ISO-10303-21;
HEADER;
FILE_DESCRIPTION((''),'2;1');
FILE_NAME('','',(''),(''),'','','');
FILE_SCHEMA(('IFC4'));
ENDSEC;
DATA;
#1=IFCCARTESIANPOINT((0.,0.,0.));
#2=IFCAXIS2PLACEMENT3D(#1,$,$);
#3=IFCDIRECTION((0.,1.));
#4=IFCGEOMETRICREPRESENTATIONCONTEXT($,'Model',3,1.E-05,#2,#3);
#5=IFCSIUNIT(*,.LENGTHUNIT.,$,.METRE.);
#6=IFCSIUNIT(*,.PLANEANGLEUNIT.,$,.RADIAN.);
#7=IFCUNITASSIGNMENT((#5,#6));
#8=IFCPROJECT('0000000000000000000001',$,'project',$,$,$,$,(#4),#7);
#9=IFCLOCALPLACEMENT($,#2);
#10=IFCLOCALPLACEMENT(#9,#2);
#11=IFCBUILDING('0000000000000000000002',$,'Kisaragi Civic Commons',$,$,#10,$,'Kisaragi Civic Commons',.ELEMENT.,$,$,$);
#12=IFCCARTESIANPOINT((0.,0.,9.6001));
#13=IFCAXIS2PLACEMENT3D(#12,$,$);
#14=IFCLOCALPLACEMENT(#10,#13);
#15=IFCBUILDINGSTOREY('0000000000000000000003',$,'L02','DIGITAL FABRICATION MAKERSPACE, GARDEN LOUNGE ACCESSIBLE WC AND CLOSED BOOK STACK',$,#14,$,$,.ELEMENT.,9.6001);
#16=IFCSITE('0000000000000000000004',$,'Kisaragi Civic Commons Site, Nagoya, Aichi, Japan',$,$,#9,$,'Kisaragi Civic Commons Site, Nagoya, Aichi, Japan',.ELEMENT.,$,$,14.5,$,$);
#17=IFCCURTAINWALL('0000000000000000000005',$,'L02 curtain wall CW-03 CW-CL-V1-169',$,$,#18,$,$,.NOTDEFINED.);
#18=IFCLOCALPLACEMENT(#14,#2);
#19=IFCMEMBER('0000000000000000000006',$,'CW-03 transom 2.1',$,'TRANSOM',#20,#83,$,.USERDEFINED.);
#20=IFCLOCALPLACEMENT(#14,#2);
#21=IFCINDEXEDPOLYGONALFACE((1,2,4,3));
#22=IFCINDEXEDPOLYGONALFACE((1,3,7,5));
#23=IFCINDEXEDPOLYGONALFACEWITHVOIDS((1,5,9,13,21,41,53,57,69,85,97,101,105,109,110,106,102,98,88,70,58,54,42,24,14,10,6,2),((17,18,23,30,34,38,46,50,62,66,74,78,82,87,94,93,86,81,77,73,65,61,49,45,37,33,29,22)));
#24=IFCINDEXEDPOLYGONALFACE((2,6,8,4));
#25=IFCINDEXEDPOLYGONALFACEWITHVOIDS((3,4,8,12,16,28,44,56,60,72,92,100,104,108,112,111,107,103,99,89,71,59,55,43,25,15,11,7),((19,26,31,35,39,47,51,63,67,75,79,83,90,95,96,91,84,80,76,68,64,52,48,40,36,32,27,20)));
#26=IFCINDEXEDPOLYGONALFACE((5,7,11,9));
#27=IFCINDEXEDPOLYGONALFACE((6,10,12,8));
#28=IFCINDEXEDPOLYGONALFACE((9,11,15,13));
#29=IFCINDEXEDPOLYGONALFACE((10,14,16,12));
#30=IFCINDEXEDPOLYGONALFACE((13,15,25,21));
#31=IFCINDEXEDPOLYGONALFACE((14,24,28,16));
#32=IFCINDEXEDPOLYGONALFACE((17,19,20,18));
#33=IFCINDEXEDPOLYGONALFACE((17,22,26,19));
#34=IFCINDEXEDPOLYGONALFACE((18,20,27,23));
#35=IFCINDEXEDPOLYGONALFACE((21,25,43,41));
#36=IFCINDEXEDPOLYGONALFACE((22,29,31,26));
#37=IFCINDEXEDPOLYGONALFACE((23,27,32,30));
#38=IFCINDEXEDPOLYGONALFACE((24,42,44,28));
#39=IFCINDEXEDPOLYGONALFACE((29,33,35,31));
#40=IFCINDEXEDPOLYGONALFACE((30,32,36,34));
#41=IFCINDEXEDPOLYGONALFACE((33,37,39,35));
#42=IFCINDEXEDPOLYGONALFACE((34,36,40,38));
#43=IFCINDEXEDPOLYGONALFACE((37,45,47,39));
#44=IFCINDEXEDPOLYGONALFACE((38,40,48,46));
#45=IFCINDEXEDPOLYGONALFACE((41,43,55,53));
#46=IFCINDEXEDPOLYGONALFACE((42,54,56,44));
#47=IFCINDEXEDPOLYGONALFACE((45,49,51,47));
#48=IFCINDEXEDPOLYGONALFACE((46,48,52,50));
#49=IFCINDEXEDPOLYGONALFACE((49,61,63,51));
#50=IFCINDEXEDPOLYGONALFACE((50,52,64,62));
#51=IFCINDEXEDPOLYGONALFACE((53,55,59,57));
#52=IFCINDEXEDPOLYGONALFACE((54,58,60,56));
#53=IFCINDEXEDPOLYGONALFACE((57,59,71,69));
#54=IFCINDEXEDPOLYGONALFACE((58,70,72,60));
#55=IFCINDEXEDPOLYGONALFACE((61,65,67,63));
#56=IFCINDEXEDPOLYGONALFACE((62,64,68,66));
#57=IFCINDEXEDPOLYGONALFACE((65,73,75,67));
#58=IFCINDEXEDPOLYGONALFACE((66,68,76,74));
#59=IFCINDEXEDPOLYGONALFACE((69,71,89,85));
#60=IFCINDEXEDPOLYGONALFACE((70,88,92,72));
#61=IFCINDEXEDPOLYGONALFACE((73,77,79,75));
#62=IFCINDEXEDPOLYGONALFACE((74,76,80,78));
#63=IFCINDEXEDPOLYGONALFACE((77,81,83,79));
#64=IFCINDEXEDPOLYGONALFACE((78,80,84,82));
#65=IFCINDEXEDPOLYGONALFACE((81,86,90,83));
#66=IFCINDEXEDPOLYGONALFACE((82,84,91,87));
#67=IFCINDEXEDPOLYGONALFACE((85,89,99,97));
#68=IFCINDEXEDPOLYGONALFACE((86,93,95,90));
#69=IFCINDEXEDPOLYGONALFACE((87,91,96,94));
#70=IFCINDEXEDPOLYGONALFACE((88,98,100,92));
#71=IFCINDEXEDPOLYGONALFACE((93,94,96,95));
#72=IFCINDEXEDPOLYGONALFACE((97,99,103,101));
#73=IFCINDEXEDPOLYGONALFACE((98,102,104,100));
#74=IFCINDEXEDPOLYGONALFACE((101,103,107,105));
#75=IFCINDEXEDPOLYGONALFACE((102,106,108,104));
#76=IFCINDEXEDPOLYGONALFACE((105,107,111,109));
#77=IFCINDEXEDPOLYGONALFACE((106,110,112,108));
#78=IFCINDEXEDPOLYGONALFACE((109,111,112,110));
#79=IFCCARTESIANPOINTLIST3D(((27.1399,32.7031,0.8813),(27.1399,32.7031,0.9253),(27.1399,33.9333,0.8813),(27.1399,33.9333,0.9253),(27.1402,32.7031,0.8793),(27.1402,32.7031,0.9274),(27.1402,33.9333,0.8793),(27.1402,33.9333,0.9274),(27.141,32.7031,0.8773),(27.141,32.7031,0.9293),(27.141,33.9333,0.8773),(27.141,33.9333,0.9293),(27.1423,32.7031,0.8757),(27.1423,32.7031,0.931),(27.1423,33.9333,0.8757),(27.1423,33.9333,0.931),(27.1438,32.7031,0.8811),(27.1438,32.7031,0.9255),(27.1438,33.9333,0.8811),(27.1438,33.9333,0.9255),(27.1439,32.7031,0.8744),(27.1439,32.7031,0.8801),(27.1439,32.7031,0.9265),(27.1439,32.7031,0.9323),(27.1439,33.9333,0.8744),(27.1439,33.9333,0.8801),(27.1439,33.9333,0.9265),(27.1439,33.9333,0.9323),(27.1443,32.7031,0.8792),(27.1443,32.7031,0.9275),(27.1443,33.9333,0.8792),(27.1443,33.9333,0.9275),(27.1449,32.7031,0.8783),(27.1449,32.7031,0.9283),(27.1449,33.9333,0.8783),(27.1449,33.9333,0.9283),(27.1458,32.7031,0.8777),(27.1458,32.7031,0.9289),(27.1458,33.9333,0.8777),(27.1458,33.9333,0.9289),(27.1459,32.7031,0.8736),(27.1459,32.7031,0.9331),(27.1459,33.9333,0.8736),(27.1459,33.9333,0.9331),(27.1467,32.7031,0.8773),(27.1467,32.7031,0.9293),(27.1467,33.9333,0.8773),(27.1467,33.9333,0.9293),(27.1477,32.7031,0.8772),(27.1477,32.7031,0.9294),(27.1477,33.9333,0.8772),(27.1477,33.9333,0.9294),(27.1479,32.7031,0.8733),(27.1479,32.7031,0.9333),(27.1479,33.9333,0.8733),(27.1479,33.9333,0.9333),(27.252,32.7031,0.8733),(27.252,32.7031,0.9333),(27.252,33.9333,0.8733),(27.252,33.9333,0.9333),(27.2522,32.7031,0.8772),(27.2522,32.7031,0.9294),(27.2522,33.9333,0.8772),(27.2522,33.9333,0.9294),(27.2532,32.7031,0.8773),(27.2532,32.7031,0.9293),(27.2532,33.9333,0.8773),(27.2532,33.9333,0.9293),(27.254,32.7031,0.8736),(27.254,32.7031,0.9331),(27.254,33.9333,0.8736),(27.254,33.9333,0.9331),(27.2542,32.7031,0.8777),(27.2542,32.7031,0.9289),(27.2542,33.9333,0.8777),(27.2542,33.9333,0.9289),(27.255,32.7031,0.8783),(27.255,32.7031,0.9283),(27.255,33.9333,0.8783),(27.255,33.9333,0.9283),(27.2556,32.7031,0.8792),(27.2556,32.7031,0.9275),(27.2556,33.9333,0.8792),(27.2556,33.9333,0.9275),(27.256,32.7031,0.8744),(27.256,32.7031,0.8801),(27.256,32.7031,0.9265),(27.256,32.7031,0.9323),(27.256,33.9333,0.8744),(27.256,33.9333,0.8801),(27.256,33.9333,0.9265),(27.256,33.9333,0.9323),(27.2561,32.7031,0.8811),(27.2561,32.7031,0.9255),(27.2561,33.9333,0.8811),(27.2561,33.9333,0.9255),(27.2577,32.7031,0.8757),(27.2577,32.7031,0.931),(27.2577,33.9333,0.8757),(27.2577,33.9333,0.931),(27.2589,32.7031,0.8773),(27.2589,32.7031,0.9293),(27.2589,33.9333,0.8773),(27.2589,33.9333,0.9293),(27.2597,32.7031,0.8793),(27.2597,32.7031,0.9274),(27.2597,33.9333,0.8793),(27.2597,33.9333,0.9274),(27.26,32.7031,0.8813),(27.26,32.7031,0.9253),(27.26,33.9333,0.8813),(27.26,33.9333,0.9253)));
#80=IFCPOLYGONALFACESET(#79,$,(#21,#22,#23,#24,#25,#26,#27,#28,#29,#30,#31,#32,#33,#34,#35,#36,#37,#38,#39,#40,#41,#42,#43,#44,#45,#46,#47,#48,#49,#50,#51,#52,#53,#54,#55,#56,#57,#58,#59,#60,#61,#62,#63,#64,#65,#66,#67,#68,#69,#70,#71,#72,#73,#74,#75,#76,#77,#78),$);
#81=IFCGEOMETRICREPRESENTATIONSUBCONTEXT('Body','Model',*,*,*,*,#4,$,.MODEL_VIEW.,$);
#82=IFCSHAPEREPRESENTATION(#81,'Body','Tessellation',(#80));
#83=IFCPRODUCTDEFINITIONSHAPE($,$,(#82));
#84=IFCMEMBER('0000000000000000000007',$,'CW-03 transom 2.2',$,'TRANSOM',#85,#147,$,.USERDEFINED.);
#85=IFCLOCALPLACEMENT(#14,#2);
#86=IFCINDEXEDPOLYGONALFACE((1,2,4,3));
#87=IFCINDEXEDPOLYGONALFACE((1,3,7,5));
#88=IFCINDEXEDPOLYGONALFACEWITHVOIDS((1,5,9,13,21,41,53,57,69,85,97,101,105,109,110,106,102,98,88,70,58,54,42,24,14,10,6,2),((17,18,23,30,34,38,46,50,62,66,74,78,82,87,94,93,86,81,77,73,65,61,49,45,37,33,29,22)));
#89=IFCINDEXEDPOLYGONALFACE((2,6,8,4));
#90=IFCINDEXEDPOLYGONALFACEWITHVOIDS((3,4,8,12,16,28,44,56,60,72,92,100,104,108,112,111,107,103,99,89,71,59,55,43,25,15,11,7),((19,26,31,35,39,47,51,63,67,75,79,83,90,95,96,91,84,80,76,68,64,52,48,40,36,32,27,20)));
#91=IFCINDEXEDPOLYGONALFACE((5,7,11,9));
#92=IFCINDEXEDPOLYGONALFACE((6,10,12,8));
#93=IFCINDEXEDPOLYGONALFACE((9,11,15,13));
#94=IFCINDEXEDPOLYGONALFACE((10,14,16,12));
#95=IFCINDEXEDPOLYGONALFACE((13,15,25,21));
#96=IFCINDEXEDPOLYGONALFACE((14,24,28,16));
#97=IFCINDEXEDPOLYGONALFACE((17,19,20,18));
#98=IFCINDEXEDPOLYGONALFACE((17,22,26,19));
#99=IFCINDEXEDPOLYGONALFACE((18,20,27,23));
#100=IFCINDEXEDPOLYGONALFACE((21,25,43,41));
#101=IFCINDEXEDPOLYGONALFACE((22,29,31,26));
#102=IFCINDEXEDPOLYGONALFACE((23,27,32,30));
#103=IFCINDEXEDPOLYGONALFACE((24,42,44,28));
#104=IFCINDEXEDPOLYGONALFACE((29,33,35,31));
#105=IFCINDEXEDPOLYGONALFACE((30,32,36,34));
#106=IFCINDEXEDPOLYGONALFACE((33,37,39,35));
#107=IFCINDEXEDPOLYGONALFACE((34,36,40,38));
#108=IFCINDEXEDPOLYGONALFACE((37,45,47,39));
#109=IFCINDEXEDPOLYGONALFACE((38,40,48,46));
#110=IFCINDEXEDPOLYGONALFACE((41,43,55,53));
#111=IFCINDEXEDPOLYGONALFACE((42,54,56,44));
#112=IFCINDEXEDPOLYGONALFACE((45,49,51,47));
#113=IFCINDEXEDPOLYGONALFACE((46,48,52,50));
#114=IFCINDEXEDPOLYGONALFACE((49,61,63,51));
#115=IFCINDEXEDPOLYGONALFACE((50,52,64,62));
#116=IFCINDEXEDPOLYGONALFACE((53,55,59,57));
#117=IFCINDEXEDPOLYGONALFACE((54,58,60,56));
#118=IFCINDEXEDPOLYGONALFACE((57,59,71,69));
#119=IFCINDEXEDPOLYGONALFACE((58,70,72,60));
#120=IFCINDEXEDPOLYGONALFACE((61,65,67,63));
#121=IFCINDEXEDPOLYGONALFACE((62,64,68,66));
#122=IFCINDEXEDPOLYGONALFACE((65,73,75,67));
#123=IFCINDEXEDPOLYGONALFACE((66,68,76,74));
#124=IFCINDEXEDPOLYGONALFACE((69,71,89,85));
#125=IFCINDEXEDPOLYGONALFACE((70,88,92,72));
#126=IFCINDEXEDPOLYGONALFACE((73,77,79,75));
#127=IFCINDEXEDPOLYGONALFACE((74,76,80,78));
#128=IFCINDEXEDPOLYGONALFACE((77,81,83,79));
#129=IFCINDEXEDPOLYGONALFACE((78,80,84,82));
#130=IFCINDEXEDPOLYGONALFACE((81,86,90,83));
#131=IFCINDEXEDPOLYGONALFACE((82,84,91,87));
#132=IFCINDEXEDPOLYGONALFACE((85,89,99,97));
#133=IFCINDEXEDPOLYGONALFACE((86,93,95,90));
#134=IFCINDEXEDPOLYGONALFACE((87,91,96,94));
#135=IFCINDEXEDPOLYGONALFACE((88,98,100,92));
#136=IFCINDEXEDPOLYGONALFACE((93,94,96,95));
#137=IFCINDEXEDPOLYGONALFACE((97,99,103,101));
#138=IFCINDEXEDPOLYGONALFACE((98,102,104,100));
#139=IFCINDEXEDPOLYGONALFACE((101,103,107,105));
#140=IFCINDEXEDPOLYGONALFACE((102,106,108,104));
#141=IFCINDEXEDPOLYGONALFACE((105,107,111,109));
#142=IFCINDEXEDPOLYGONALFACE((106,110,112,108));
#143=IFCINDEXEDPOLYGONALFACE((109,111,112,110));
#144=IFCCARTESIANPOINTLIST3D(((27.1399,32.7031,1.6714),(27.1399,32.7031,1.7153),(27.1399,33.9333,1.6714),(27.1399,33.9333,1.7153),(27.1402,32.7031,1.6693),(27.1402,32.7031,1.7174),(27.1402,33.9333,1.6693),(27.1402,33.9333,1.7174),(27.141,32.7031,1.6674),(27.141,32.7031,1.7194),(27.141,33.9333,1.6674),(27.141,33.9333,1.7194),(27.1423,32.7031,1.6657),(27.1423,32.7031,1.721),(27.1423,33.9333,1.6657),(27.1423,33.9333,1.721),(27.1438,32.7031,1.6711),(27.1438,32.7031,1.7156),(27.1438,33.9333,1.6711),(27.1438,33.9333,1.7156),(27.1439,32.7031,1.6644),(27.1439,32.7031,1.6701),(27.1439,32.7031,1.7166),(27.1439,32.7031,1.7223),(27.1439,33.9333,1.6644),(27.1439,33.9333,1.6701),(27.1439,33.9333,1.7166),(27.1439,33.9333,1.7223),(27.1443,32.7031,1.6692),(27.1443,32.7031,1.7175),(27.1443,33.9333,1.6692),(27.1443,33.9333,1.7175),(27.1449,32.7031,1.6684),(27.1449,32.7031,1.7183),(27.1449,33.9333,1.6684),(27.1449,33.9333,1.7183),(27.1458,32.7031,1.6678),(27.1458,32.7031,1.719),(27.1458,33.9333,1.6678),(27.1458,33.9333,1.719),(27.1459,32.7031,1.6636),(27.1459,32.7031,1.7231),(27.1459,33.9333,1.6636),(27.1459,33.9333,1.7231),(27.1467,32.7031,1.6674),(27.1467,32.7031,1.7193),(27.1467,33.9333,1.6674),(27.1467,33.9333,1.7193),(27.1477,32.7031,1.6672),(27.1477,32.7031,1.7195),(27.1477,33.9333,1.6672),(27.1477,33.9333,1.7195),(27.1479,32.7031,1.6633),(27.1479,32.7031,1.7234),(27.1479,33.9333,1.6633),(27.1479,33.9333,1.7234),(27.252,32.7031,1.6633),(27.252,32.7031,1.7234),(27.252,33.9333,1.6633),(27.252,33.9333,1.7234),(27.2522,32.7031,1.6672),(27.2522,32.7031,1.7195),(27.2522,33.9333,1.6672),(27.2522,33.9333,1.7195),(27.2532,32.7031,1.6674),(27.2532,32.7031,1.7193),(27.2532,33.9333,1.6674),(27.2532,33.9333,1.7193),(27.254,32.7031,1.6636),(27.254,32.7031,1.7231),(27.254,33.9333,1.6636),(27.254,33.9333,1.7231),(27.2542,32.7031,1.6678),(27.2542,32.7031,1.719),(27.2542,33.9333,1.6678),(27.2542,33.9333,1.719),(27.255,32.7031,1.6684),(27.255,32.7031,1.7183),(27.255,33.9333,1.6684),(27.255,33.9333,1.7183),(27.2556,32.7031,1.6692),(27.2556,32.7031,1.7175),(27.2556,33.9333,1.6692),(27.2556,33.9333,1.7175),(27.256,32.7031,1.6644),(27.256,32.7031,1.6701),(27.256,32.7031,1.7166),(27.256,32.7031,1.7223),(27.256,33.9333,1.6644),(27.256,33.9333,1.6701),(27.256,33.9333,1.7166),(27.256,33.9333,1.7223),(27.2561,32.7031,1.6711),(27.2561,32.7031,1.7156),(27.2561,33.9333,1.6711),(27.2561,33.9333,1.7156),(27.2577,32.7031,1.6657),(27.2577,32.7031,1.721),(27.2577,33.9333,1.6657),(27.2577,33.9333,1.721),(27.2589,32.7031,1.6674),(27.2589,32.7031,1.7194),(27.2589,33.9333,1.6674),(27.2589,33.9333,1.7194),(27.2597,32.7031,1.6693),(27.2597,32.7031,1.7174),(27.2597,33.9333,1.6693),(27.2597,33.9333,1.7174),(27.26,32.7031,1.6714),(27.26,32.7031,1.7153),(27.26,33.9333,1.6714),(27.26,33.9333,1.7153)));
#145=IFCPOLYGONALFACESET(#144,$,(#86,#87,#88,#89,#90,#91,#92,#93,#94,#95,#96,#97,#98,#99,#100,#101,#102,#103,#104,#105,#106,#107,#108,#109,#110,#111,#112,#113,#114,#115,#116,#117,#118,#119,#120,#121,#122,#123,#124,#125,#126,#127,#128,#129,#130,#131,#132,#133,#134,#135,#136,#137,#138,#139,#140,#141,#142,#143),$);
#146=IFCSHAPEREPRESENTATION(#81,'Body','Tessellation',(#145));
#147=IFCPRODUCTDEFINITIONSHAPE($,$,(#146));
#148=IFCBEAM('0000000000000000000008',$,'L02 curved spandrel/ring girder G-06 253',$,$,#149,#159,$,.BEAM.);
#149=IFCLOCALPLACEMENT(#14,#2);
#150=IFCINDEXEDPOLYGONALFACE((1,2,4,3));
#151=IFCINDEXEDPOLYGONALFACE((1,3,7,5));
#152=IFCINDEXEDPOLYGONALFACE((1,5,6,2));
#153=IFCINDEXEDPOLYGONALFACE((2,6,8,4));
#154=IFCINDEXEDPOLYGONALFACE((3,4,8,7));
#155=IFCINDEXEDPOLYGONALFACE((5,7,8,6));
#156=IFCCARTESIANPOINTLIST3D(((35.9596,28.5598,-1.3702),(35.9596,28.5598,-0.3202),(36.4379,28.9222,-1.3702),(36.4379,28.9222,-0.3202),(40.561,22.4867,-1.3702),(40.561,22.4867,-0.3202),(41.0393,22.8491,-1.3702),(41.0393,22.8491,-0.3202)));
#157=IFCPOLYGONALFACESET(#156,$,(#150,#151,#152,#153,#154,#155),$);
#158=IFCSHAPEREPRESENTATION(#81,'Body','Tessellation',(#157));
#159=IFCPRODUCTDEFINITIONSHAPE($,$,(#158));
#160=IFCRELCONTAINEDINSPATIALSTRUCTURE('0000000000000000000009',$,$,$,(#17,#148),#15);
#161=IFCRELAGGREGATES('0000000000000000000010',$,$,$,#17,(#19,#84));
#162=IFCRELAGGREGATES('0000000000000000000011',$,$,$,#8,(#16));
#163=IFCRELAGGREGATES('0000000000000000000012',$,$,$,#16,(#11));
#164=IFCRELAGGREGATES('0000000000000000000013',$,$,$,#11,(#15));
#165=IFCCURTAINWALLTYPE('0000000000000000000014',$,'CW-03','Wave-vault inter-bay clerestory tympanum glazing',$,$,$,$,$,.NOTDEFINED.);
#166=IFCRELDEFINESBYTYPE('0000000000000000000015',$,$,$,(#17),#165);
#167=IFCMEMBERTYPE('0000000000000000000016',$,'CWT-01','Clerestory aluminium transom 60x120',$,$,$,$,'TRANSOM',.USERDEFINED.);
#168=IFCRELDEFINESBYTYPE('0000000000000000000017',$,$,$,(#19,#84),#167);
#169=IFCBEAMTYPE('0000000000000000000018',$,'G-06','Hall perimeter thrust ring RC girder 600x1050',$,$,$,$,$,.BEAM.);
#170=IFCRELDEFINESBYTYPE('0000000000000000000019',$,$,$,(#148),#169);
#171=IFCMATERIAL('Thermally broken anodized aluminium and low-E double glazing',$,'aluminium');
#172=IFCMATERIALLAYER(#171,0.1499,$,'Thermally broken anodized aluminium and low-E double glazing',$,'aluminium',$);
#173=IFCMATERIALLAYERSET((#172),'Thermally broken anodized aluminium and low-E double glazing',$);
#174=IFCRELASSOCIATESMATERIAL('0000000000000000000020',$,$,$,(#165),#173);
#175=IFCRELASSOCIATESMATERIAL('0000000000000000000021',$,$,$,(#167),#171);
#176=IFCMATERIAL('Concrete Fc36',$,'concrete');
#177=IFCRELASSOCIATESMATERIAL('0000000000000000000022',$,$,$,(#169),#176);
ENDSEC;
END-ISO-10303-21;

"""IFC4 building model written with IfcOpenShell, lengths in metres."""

from ifc_helpers import new_model, si_unit, direction, frame, origin, origin_2d, place, context, subcontext, project, spatial, rectangle, hollow_rectangle, extrude, material, layer, layer_set, material_profile, profile_set, type_object, element, aggregate, save


model = new_model("IFC4")

# Units and contexts
model_context = context("Model", 3, precision=1e-05, world=origin(), true_north=direction((0.0, 1.0)))
body_context = subcontext(model_context, "Body", "Model", "MODEL_VIEW")
ifc_project = project(units=[si_unit("LENGTHUNIT", "METRE"), si_unit("PLANEANGLEUNIT", "RADIAN")], contexts=[model_context])

# Site, building, storey
site_placement = place(None, origin())
site = spatial("IfcSite", under=ifc_project, at=site_placement, Name="Kisaragi Civic Commons Site, Nagoya, Aichi, Japan", LongName="Kisaragi Civic Commons Site, Nagoya, Aichi, Japan", CompositionType="ELEMENT", RefElevation=14.5)
building_placement = place(site_placement, origin())
building = spatial("IfcBuilding", under=site, at=building_placement, Name="Kisaragi Civic Commons", LongName="Kisaragi Civic Commons", CompositionType="ELEMENT")
storey_placement = place(building_placement, frame((0.0, 0.0, 9.6001)))
storey = spatial("IfcBuildingStorey", under=building, at=storey_placement, Name="L02", Description="DIGITAL FABRICATION MAKERSPACE, GARDEN LOUNGE ACCESSIBLE WC AND CLOSED BOOK STACK", CompositionType="ELEMENT", Elevation=9.6001)

# Curtain wall, members
ifc_material_1 = material(Name="Thermally broken anodized aluminium and low-E double glazing", Category="aluminium")
ifc_layer_1 = layer(ifc_material_1, 0.1499, Name="Thermally broken anodized aluminium and low-E double glazing", Category="aluminium")
ifc_layer_set_1 = layer_set([ifc_layer_1], Name="Thermally broken anodized aluminium and low-E double glazing")
curtain_wall_type = type_object("IfcCurtainWallType", Name="CW-03", Description="Wave-vault inter-bay clerestory tympanum glazing", PredefinedType="NOTDEFINED", material=ifc_layer_set_1)
curtain_wall_placement = place(storey_placement, origin())
curtain_wall = element("IfcCurtainWall", 1, at=curtain_wall_placement, inside=storey, type_object=curtain_wall_type, Name="L02 curtain wall CW-03 CW-CL-V1-169", PredefinedType="NOTDEFINED")
ifc_material_profile_1 = material_profile(ifc_material_1, hollow_rectangle(XDim=0.1201, YDim=0.0601, WallThickness=0.0039, InnerFilletRadius=0.0039, OuterFilletRadius=0.0081, at=origin_2d()), Name="CWT-60x120x4", Category="aluminium")
ifc_profile_set_1 = profile_set([ifc_material_profile_1], Name="Thermally broken anodized aluminium and low-E double glazing")
member_type_1 = type_object("IfcMemberType", Name="CWT-01", Description="Clerestory aluminium transom 60x120", ElementType="TRANSOM", PredefinedType="USERDEFINED", material=ifc_profile_set_1)
member_1_placement = place(storey_placement, frame((27.2, 32.7031, 0.9033), z_axis=(0.0, 1.0, 0.0), x_axis=(-1.0, 0.0, 0.0)))
member_1 = element("IfcMember", 2, at=member_1_placement, type_object=member_type_1, Name="CW-03 transom 2.1", ObjectType="TRANSOM", PredefinedType="USERDEFINED", context=body_context, shape_type="SweptSolid", body=[
    extrude(hollow_rectangle(XDim=0.1201, YDim=0.0601, WallThickness=0.0039, InnerFilletRadius=0.0039, OuterFilletRadius=0.0081, at=origin_2d()), origin(), (0.0, 0.0, 1.0), 1.2302),
])
member_2_placement = place(storey_placement, frame((27.2, 32.7031, 1.6934), z_axis=(0.0, 1.0, 0.0), x_axis=(-1.0, 0.0, 0.0)))
member_2 = element("IfcMember", 3, at=member_2_placement, type_object=member_type_1, Name="CW-03 transom 2.2", ObjectType="TRANSOM", PredefinedType="USERDEFINED", context=body_context, shape_type="SweptSolid", body=[
    extrude(hollow_rectangle(XDim=0.1201, YDim=0.0601, WallThickness=0.0039, InnerFilletRadius=0.0039, OuterFilletRadius=0.0081, at=origin_2d()), origin(), (0.0, 0.0, 1.0), 1.2302),
])

# Beam
ifc_material_2 = material(Name="Concrete Fc36", Category="concrete")
ifc_material_profile_2 = material_profile(ifc_material_2, rectangle(XDim=0.6001, YDim=1.05, at=origin_2d()), Name="RC-600x1050", Category="concrete")
ifc_profile_set_2 = profile_set([ifc_material_profile_2], Name="Concrete Fc36")
beam_type = type_object("IfcBeamType", Name="G-06", Description="Hall perimeter thrust ring RC girder 600x1050", PredefinedType="BEAM", material=ifc_profile_set_2)
beam_placement = place(storey_placement, frame((36.1987, 28.741, -0.8452), z_axis=(0.603905, -0.797057, 0.0), x_axis=(0.797057, 0.603905, 0.0)))
element("IfcBeam", 4, at=beam_placement, inside=storey, type_object=beam_type, Name="L02 curved spandrel/ring girder G-06 253", PredefinedType="BEAM", context=body_context, shape_type="SweptSolid", body=[
    extrude(rectangle(XDim=0.6001, YDim=1.05, at=origin_2d()), origin(), (0.0, 0.0, 1.0), 7.6194),
])

aggregate(curtain_wall, [member_1, member_2])

save(model, "model.ifc")
